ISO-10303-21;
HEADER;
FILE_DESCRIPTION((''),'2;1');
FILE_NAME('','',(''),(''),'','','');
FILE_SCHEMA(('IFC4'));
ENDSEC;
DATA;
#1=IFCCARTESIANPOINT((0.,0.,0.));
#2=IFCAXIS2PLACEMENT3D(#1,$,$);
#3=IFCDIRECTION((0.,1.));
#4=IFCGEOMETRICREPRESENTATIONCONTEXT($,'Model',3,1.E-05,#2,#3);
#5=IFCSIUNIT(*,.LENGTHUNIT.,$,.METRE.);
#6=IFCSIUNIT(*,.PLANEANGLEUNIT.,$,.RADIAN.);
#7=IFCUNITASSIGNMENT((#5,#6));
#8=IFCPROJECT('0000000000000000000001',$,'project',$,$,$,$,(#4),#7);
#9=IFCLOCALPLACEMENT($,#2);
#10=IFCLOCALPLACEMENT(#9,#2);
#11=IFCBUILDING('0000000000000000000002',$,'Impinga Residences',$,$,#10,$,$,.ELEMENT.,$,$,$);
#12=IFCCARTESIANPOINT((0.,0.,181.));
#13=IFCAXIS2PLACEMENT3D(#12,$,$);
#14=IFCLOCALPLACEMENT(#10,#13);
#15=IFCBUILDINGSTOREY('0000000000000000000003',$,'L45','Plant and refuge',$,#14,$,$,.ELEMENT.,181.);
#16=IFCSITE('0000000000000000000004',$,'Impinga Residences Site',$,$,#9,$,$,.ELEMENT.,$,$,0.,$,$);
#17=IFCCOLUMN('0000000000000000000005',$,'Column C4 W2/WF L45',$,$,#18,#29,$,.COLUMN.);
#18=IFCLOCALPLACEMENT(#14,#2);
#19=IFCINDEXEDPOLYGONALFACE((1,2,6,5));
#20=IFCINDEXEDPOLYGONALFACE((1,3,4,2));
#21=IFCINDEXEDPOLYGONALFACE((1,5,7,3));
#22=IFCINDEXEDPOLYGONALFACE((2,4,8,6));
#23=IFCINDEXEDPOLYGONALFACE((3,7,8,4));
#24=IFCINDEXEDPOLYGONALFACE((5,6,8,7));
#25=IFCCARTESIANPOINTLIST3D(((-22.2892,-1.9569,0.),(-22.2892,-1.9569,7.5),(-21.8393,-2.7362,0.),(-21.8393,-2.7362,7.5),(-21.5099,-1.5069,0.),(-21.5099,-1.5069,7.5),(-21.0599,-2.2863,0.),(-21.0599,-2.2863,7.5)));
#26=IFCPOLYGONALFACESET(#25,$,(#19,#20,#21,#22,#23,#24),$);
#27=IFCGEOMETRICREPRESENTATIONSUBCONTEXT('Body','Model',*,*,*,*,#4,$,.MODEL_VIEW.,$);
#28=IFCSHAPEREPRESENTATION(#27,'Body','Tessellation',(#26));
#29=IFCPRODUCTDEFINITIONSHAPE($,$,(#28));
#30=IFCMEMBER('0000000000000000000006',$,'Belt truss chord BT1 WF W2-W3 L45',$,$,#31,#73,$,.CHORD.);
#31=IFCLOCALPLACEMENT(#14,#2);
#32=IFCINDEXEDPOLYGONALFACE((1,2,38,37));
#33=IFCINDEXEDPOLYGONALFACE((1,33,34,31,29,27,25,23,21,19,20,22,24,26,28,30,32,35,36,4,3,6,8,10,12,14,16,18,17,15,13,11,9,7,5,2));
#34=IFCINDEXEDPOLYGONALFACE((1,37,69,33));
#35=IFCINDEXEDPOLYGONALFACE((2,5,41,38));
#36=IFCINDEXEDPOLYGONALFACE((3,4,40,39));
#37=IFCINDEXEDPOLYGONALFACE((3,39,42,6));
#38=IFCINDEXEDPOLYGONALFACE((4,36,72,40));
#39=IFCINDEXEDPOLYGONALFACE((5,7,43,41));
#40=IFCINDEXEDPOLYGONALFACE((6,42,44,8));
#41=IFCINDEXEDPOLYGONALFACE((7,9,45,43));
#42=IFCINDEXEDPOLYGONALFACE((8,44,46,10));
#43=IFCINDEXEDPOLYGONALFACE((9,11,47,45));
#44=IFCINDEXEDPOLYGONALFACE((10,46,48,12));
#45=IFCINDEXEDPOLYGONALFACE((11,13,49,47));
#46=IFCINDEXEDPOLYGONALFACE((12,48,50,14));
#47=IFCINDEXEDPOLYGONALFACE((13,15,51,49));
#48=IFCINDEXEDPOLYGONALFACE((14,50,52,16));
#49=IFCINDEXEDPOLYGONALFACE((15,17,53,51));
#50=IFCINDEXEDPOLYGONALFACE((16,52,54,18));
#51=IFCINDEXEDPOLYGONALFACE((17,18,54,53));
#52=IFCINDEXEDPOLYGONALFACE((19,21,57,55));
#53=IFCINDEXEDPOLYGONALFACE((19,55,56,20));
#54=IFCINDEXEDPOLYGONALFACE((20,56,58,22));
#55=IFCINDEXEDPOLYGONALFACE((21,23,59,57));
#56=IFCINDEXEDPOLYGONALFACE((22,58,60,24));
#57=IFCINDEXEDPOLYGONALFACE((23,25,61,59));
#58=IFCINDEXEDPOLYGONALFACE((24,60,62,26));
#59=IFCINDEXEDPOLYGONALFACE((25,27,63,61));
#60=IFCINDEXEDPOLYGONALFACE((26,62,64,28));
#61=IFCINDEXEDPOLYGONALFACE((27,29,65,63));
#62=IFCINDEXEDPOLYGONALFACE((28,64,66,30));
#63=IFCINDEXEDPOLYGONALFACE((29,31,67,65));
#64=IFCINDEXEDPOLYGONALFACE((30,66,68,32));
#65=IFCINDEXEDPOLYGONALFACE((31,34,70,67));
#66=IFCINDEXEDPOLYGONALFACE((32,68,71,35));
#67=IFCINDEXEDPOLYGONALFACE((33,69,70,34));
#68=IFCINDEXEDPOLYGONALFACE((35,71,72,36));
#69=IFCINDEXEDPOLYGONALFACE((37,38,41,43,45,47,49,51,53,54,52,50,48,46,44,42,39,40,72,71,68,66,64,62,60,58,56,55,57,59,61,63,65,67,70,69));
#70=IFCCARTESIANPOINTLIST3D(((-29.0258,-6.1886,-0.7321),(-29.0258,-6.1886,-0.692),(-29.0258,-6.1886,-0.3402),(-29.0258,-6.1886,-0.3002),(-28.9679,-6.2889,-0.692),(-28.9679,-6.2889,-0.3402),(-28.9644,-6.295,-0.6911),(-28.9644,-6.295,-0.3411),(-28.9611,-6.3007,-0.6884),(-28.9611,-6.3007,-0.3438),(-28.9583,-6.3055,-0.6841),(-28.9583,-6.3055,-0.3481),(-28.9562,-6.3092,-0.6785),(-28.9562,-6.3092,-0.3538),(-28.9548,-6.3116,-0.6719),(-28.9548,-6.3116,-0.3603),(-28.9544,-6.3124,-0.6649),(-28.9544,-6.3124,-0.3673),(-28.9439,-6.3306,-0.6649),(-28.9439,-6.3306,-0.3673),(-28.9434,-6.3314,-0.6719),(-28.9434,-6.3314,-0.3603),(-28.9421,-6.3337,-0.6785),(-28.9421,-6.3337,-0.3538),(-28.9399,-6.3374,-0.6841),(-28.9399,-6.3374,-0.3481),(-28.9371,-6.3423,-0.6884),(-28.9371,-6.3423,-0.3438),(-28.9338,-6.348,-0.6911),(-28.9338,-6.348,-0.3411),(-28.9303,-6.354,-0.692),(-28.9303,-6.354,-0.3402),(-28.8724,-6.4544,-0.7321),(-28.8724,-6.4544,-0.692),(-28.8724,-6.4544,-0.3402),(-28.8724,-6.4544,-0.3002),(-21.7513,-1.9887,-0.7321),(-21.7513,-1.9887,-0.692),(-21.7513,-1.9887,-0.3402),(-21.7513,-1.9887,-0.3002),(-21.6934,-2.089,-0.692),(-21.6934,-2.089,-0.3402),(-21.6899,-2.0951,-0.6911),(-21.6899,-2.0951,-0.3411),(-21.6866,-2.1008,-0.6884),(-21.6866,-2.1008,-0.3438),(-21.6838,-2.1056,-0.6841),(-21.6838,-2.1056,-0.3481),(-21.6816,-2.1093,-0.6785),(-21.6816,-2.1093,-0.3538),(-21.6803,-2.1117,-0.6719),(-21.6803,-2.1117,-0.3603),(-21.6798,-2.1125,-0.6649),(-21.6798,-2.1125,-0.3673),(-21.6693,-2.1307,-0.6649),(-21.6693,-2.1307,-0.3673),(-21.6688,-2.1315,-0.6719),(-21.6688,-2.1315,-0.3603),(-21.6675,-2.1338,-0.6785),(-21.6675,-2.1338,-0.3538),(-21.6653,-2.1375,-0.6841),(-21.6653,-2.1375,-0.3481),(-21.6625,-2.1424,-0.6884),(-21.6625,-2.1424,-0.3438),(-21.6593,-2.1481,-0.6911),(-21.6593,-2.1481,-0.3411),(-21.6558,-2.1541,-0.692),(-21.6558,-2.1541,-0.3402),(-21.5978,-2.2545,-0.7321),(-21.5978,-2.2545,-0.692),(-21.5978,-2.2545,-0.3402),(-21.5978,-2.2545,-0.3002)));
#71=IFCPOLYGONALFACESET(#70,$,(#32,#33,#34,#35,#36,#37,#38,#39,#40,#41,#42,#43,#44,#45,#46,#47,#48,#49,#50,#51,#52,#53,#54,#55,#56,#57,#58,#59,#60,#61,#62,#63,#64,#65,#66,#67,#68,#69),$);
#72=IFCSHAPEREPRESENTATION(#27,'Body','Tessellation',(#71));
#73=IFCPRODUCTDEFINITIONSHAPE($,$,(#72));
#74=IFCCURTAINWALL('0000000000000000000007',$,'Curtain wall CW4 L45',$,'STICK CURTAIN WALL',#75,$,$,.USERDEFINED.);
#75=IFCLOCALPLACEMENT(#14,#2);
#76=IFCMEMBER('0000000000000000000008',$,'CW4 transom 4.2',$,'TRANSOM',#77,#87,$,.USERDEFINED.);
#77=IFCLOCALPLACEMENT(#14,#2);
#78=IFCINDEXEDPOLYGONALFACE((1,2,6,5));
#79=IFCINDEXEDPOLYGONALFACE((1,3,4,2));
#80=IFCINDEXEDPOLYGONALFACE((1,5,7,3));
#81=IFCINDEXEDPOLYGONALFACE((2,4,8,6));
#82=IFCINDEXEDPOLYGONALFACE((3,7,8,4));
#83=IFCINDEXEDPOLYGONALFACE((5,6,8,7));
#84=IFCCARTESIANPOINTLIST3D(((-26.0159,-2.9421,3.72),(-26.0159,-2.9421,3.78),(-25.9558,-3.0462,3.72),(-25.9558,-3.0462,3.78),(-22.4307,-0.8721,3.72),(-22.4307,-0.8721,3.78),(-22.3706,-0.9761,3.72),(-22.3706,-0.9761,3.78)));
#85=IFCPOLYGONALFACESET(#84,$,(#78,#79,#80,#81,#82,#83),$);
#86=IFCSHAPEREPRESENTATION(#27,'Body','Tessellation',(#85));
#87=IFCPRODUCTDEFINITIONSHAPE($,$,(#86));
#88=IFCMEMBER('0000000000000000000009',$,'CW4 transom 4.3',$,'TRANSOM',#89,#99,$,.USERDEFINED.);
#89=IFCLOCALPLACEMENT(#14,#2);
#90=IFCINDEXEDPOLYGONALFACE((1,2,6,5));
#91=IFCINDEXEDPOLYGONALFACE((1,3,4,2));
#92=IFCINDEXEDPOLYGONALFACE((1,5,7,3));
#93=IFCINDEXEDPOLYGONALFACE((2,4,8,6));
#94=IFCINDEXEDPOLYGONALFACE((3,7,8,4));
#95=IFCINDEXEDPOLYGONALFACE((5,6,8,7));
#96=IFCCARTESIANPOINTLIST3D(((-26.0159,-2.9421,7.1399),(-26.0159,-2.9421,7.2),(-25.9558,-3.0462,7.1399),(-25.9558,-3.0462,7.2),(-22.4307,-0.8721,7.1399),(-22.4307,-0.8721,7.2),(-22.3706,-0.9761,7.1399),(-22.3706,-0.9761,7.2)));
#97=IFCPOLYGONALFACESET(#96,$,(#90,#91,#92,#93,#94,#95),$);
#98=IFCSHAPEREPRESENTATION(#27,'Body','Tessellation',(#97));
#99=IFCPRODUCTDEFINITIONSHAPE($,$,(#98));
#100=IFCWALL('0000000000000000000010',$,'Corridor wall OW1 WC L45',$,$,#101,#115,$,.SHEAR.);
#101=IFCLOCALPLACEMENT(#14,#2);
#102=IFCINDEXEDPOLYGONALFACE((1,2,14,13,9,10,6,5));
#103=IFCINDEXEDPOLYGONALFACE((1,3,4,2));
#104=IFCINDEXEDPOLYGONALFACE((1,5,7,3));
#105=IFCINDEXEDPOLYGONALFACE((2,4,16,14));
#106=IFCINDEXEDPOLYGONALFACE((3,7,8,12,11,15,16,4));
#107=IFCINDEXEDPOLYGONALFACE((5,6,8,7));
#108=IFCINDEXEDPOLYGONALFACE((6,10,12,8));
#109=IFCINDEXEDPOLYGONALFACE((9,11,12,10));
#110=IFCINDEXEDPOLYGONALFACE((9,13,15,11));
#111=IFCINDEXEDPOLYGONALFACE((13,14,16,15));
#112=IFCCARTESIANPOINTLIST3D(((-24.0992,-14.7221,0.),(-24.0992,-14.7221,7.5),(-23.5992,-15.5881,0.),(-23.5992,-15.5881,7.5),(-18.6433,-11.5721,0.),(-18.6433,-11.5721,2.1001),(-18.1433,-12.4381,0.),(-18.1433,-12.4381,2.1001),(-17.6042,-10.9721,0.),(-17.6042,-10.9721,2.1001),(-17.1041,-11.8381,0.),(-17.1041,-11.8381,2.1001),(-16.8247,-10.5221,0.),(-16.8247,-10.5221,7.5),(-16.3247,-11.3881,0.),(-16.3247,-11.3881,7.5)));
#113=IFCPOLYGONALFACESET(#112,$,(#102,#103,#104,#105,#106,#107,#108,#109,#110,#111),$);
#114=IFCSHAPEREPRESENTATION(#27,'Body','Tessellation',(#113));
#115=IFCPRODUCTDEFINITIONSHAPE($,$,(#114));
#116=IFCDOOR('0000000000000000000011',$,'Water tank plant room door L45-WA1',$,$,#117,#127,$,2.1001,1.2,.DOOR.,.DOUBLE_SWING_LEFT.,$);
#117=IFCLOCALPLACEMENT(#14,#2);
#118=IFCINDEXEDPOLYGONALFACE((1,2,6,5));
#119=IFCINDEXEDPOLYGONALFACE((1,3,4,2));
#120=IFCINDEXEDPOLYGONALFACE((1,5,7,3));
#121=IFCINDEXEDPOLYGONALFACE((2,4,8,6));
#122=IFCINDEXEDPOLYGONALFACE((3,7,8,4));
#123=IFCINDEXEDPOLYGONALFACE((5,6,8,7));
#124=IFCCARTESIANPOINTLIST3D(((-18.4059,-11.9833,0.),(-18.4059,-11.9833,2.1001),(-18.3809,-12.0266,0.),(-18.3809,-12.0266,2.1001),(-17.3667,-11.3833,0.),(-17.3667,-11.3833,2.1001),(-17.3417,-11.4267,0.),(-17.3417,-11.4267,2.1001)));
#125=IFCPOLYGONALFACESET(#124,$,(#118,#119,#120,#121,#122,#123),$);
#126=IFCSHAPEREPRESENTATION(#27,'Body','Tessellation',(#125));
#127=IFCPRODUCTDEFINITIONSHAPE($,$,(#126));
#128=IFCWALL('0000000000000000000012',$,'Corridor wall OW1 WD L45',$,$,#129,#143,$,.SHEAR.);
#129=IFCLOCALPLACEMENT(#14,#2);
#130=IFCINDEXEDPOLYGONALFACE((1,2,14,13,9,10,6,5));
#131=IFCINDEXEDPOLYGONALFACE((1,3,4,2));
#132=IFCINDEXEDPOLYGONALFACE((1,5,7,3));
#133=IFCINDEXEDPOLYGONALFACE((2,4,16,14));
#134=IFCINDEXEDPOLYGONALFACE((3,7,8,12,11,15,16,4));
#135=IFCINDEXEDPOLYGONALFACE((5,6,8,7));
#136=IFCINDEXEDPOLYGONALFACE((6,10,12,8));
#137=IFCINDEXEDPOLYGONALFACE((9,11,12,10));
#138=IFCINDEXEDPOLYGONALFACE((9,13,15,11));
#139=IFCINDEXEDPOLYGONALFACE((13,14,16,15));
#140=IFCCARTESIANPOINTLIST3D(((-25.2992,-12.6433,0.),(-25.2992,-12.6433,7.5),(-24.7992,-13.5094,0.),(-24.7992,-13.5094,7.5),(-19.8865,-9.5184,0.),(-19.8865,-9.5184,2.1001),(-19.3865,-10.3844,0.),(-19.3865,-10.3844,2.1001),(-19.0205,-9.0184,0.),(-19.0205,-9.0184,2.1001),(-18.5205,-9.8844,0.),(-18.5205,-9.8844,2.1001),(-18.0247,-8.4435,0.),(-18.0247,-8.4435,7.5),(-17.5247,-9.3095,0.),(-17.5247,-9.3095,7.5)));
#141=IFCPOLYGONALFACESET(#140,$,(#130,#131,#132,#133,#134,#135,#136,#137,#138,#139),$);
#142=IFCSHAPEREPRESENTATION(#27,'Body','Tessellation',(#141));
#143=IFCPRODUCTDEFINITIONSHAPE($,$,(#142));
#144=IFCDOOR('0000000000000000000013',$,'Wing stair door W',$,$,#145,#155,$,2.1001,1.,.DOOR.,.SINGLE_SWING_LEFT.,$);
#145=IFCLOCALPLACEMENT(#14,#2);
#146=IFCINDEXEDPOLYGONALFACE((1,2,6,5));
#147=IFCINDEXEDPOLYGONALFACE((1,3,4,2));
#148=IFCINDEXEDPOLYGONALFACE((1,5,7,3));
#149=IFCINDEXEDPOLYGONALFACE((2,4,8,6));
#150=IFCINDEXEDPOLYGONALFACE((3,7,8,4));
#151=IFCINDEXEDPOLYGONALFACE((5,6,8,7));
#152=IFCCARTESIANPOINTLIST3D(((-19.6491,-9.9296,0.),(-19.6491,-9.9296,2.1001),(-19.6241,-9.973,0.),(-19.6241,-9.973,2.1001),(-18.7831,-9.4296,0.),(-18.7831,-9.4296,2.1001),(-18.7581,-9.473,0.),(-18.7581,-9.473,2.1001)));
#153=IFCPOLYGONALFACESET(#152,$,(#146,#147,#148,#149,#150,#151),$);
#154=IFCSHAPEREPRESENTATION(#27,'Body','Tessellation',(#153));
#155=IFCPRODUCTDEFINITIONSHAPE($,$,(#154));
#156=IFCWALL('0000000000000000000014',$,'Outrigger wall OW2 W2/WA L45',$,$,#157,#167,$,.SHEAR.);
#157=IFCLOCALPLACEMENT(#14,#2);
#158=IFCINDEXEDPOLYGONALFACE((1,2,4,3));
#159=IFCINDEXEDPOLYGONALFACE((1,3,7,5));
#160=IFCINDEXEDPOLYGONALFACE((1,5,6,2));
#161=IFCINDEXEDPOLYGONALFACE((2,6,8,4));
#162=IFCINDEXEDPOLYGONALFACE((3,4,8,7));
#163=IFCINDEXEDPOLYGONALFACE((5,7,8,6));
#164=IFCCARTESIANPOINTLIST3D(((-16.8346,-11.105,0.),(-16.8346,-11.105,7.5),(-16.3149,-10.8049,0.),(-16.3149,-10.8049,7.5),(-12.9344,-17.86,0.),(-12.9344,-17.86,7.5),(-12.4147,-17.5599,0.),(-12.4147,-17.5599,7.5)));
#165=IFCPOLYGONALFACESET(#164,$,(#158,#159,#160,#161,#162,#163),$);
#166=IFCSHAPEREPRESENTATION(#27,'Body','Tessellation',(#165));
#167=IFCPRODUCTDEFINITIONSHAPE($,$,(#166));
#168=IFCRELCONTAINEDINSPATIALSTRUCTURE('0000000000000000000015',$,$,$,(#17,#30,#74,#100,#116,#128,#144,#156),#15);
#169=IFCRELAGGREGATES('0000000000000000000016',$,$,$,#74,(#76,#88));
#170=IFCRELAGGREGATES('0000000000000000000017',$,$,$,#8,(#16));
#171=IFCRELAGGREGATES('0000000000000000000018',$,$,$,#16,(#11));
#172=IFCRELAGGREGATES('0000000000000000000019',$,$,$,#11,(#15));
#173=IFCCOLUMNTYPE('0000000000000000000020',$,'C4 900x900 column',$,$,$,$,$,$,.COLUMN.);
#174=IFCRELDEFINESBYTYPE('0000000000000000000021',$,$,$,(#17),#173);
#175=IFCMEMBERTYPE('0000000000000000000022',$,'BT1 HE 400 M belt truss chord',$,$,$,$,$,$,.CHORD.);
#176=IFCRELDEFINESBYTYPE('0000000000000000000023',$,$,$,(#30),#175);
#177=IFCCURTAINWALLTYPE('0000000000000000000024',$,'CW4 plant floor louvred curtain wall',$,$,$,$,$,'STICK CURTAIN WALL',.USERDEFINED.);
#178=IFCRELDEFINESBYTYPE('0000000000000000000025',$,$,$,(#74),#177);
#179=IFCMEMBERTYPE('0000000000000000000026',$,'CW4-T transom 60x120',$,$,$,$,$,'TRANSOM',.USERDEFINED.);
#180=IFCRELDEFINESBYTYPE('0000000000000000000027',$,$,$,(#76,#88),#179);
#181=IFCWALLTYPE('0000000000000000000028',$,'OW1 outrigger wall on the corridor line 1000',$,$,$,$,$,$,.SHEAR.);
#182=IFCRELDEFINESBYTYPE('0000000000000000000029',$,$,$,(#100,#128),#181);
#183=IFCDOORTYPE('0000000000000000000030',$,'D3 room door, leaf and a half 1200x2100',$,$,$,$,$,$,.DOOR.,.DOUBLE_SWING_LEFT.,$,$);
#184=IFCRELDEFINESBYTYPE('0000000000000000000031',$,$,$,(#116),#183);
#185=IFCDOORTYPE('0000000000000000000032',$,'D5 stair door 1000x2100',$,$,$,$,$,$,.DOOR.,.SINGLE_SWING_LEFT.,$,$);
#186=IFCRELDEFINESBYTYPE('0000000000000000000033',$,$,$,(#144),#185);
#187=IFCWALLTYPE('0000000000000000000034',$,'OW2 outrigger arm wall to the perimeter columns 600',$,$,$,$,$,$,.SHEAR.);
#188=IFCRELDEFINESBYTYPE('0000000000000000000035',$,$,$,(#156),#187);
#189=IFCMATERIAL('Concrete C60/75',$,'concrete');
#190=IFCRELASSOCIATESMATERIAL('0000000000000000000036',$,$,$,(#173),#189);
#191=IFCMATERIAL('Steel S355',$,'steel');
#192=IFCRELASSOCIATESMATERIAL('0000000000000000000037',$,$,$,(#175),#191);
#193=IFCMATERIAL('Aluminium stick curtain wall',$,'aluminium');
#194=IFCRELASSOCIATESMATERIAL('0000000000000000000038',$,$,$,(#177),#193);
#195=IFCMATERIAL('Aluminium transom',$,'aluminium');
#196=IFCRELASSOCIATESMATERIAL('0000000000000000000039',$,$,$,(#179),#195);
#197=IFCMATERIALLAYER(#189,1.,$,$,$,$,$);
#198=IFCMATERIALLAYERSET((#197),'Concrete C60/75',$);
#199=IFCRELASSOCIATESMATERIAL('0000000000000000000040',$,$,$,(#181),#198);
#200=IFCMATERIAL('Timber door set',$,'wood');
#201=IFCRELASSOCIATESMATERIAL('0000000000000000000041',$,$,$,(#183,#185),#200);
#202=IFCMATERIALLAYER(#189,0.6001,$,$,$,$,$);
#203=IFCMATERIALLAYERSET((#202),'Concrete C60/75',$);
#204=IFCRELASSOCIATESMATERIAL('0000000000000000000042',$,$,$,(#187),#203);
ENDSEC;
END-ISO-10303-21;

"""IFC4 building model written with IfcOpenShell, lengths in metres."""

from ifc_helpers import new_model, si_unit, direction, frame, frame_2d, origin, origin_2d, place, context, subcontext, project, spatial, rectangle, i_section, extrude, material, layer, layer_set, material_profile, profile_set, type_object, element, fill, aggregate, save


model = new_model("IFC4")

# Units and contexts
model_context = context("Model", 3, precision=1e-05, world=origin(), true_north=direction((0.0, 1.0)))
body_context = subcontext(model_context, "Body", "Model", "MODEL_VIEW")
ifc_project = project(units=[si_unit("LENGTHUNIT", "METRE"), si_unit("PLANEANGLEUNIT", "RADIAN")], contexts=[model_context])

# Site, building, storey
site_placement = place(None, origin())
site = spatial("IfcSite", under=ifc_project, at=site_placement, Name="Impinga Residences Site", CompositionType="ELEMENT", RefElevation=0.0)
building_placement = place(site_placement, origin())
building = spatial("IfcBuilding", under=site, at=building_placement, Name="Impinga Residences", CompositionType="ELEMENT")
storey_placement = place(building_placement, frame((0.0, 0.0, 181.0)))
storey = spatial("IfcBuildingStorey", under=building, at=storey_placement, Name="L45", Description="Plant and refuge", CompositionType="ELEMENT", Elevation=181.0)

# Column
ifc_material_1 = material(Name="Concrete C60/75", Category="concrete")
ifc_material_profile_1 = material_profile(ifc_material_1, rectangle(XDim=0.8999, YDim=0.8999, at=origin_2d()), Name="RC 900x900")
ifc_profile_set_1 = profile_set([ifc_material_profile_1], Name="Concrete C60/75")
column_type = type_object("IfcColumnType", Name="C4 900x900 column", PredefinedType="COLUMN", material=ifc_profile_set_1)
column_placement = place(storey_placement, frame((-21.6746, -2.1216, 0.0), z_axis=(0.0, 0.0, 1.0), x_axis=(-0.5, 0.866025, 0.0)))
element("IfcColumn", 1, at=column_placement, inside=storey, type_object=column_type, Name="Column C4 W2/WF L45", PredefinedType="COLUMN", context=body_context, shape_type="SweptSolid", body=[
    extrude(rectangle(XDim=0.8999, YDim=0.8999, at=origin_2d()), origin(), (0.0, 0.0, 1.0), 7.5),
])

# Member
ifc_material_2 = material(Name="Steel S355", Category="steel")
ifc_material_profile_2 = material_profile(ifc_material_2, i_section(OverallWidth=0.3069, OverallDepth=0.4319, WebThickness=0.021, FlangeThickness=0.04, FilletRadius=0.0271, at=origin_2d()), Name="HE 400 M")
ifc_profile_set_2 = profile_set([ifc_material_profile_2], Name="Steel S355")
member_type_1 = type_object("IfcMemberType", Name="BT1 HE 400 M belt truss chord", PredefinedType="CHORD", material=ifc_profile_set_2)
member_1_placement = place(storey_placement, frame((-21.6746, -2.1216, -0.5161), z_axis=(-0.866029, -0.499993, 0.0), x_axis=(0.499993, -0.866029, 0.0)))
element("IfcMember", 2, at=member_1_placement, inside=storey, type_object=member_type_1, Name="Belt truss chord BT1 WF W2-W3 L45", PredefinedType="CHORD", context=body_context, shape_type="SweptSolid", body=[
    extrude(i_section(OverallWidth=0.3069, OverallDepth=0.4319, WebThickness=0.021, FlangeThickness=0.04, FilletRadius=0.0271, at=origin_2d()), origin(), (0.0, 0.0, 1.0), 8.3999),
])

# Curtain wall, members
ifc_material_3 = material(Name="Aluminium stick curtain wall", Category="aluminium")
curtain_wall_type = type_object("IfcCurtainWallType", Name="CW4 plant floor louvred curtain wall", ElementType="STICK CURTAIN WALL", PredefinedType="USERDEFINED", material=ifc_material_3)
curtain_wall_placement = place(storey_placement, origin())
curtain_wall = element("IfcCurtainWall", 3, at=curtain_wall_placement, inside=storey, type_object=curtain_wall_type, Name="Curtain wall CW4 L45", ObjectType="STICK CURTAIN WALL", PredefinedType="USERDEFINED")
ifc_material_4 = material(Name="Aluminium transom", Category="aluminium")
ifc_material_profile_3 = material_profile(ifc_material_4, rectangle(XDim=0.0601, YDim=0.1201, at=origin_2d()), Name="60x120 transom")
ifc_profile_set_3 = profile_set([ifc_material_profile_3], Name="Aluminium transom")
member_type_2 = type_object("IfcMemberType", Name="CW4-T transom 60x120", ElementType="TRANSOM", PredefinedType="USERDEFINED", material=ifc_profile_set_3)
member_2_placement = place(storey_placement, frame((-25.9858, -2.9941, 3.75), z_axis=(0.86601, 0.500027, 0.0), x_axis=(0.0, 0.0, 1.0)))
member_2 = element("IfcMember", 4, at=member_2_placement, type_object=member_type_2, Name="CW4 transom 4.2", ObjectType="TRANSOM", PredefinedType="USERDEFINED", context=body_context, shape_type="SweptSolid", body=[
    extrude(rectangle(XDim=0.0601, YDim=0.1201, at=origin_2d()), origin(), (0.0, 0.0, 1.0), 4.1399),
])
member_3_placement = place(storey_placement, frame((-25.9858, -2.9941, 7.1699), z_axis=(0.86601, 0.500027, 0.0), x_axis=(0.0, 0.0, 1.0)))
member_3 = element("IfcMember", 5, at=member_3_placement, type_object=member_type_2, Name="CW4 transom 4.3", ObjectType="TRANSOM", PredefinedType="USERDEFINED", context=body_context, shape_type="SweptSolid", body=[
    extrude(rectangle(XDim=0.0601, YDim=0.1201, at=origin_2d()), origin(), (0.0, 0.0, 1.0), 4.1399),
])
aggregate(curtain_wall, [member_2, member_3])

# Walls, openings, doors
ifc_layer_1 = layer(ifc_material_1, 1.0)
ifc_layer_set_1 = layer_set([ifc_layer_1], Name="Concrete C60/75")
wall_type_1 = type_object("IfcWallType", Name="OW1 outrigger wall on the corridor line 1000", PredefinedType="SHEAR", material=ifc_layer_set_1)
wall_1_placement = place(storey_placement, frame((-16.5747, -10.9551, 0.0), z_axis=(0.0, 0.0, 1.0), x_axis=(-0.866022, -0.500006, 0.0)))
wall_1 = element("IfcWall", 6, at=wall_1_placement, inside=storey, type_object=wall_type_1, Name="Corridor wall OW1 WC L45", PredefinedType="SHEAR", context=body_context, shape_type="SweptSolid", body=[
    extrude(rectangle(XDim=8.3999, YDim=1.0, at=frame_2d((4.2, 0.0))), origin(), (0.0, 0.0, 1.0), 7.5),
])
opening_1_placement = place(wall_1_placement, frame((0.8999, 0.0, 0.0)))
opening_1 = element("IfcOpeningElement", 7, at=opening_1_placement, cuts=wall_1, PredefinedType="OPENING", context=body_context, shape_type="SweptSolid", body=[
    extrude(rectangle(XDim=1.2, YDim=2.1001, at=frame_2d((0.6001, 1.05))), frame((0.0, 0.51, 0.0), z_axis=(0.0, -1.0, 0.0), x_axis=(1.0, 0.0, 0.0)), (0.0, 0.0, 1.0), 1.02),
])
ifc_material_5 = material(Name="Timber door set", Category="wood")
door_type_1 = type_object("IfcDoorType", Name="D3 room door, leaf and a half 1200x2100", OperationType="DOUBLE_SWING_LEFT", PredefinedType="DOOR", material=ifc_material_5)
door_1_placement = place(opening_1_placement, origin())
door_1 = element("IfcDoor", 8, at=door_1_placement, inside=storey, type_object=door_type_1, Name="Water tank plant room door L45-WA1", OperationType="DOUBLE_SWING_LEFT", OverallHeight=2.1001, OverallWidth=1.2, PredefinedType="DOOR", context=body_context, shape_type="SweptSolid", body=[
    extrude(rectangle(XDim=1.2, YDim=2.1001, at=frame_2d((0.6001, 1.05))), frame((0.0, 0.0249, 0.0), z_axis=(0.0, -1.0, 0.0), x_axis=(1.0, 0.0, 0.0)), (0.0, 0.0, 1.0), 0.05),
])
fill(opening_1, door_1)
wall_2_placement = place(storey_placement, frame((-17.7747, -8.8765, 0.0), z_axis=(0.0, 0.0, 1.0), x_axis=(-0.866029, -0.499993, 0.0)))
wall_2 = element("IfcWall", 9, at=wall_2_placement, inside=storey, type_object=wall_type_1, Name="Corridor wall OW1 WD L45", PredefinedType="SHEAR", context=body_context, shape_type="SweptSolid", body=[
    extrude(rectangle(XDim=8.3999, YDim=1.0, at=frame_2d((4.2, 0.0))), origin(), (0.0, 0.0, 1.0), 7.5),
])
opening_2_placement = place(wall_2_placement, frame((1.1499, 0.0, 0.0)))
opening_2 = element("IfcOpeningElement", 10, at=opening_2_placement, cuts=wall_2, PredefinedType="OPENING", context=body_context, shape_type="SweptSolid", body=[
    extrude(rectangle(XDim=1.0, YDim=2.1001, at=frame_2d((0.5, 1.05))), frame((0.0, 0.51, 0.0), z_axis=(0.0, -1.0, 0.0), x_axis=(1.0, 0.0, 0.0)), (0.0, 0.0, 1.0), 1.02),
])
door_type_2 = type_object("IfcDoorType", Name="D5 stair door 1000x2100", OperationType="SINGLE_SWING_LEFT", PredefinedType="DOOR", material=ifc_material_5)
door_2_placement = place(opening_2_placement, origin())
door_2 = element("IfcDoor", 11, at=door_2_placement, inside=storey, type_object=door_type_2, Name="Wing stair door W", OperationType="SINGLE_SWING_LEFT", OverallHeight=2.1001, OverallWidth=1.0, PredefinedType="DOOR", context=body_context, shape_type="SweptSolid", body=[
    extrude(rectangle(XDim=1.0, YDim=2.1001, at=frame_2d((0.5, 1.05))), frame((0.0, 0.0249, 0.0), z_axis=(0.0, -1.0, 0.0), x_axis=(1.0, 0.0, 0.0)), (0.0, 0.0, 1.0), 0.05),
])
fill(opening_2, door_2)

# Wall
ifc_layer_2 = layer(ifc_material_1, 0.6001)
ifc_layer_set_2 = layer_set([ifc_layer_2], Name="Concrete C60/75")
wall_type_2 = type_object("IfcWallType", Name="OW2 outrigger arm wall to the perimeter columns 600", PredefinedType="SHEAR", material=ifc_layer_set_2)
wall_3_placement = place(storey_placement, frame((-16.5747, -10.9551, 0.0), z_axis=(0.0, 0.0, 1.0), x_axis=(0.50002, -0.866014, 0.0)))
element("IfcWall", 12, at=wall_3_placement, inside=storey, type_object=wall_type_2, Name="Outrigger wall OW2 W2/WA L45", PredefinedType="SHEAR", context=body_context, shape_type="SweptSolid", body=[
    extrude(rectangle(XDim=7.8, YDim=0.6001, at=frame_2d((3.8999, 0.0))), origin(), (0.0, 0.0, 1.0), 7.5),
])

save(model, "model.ifc")
